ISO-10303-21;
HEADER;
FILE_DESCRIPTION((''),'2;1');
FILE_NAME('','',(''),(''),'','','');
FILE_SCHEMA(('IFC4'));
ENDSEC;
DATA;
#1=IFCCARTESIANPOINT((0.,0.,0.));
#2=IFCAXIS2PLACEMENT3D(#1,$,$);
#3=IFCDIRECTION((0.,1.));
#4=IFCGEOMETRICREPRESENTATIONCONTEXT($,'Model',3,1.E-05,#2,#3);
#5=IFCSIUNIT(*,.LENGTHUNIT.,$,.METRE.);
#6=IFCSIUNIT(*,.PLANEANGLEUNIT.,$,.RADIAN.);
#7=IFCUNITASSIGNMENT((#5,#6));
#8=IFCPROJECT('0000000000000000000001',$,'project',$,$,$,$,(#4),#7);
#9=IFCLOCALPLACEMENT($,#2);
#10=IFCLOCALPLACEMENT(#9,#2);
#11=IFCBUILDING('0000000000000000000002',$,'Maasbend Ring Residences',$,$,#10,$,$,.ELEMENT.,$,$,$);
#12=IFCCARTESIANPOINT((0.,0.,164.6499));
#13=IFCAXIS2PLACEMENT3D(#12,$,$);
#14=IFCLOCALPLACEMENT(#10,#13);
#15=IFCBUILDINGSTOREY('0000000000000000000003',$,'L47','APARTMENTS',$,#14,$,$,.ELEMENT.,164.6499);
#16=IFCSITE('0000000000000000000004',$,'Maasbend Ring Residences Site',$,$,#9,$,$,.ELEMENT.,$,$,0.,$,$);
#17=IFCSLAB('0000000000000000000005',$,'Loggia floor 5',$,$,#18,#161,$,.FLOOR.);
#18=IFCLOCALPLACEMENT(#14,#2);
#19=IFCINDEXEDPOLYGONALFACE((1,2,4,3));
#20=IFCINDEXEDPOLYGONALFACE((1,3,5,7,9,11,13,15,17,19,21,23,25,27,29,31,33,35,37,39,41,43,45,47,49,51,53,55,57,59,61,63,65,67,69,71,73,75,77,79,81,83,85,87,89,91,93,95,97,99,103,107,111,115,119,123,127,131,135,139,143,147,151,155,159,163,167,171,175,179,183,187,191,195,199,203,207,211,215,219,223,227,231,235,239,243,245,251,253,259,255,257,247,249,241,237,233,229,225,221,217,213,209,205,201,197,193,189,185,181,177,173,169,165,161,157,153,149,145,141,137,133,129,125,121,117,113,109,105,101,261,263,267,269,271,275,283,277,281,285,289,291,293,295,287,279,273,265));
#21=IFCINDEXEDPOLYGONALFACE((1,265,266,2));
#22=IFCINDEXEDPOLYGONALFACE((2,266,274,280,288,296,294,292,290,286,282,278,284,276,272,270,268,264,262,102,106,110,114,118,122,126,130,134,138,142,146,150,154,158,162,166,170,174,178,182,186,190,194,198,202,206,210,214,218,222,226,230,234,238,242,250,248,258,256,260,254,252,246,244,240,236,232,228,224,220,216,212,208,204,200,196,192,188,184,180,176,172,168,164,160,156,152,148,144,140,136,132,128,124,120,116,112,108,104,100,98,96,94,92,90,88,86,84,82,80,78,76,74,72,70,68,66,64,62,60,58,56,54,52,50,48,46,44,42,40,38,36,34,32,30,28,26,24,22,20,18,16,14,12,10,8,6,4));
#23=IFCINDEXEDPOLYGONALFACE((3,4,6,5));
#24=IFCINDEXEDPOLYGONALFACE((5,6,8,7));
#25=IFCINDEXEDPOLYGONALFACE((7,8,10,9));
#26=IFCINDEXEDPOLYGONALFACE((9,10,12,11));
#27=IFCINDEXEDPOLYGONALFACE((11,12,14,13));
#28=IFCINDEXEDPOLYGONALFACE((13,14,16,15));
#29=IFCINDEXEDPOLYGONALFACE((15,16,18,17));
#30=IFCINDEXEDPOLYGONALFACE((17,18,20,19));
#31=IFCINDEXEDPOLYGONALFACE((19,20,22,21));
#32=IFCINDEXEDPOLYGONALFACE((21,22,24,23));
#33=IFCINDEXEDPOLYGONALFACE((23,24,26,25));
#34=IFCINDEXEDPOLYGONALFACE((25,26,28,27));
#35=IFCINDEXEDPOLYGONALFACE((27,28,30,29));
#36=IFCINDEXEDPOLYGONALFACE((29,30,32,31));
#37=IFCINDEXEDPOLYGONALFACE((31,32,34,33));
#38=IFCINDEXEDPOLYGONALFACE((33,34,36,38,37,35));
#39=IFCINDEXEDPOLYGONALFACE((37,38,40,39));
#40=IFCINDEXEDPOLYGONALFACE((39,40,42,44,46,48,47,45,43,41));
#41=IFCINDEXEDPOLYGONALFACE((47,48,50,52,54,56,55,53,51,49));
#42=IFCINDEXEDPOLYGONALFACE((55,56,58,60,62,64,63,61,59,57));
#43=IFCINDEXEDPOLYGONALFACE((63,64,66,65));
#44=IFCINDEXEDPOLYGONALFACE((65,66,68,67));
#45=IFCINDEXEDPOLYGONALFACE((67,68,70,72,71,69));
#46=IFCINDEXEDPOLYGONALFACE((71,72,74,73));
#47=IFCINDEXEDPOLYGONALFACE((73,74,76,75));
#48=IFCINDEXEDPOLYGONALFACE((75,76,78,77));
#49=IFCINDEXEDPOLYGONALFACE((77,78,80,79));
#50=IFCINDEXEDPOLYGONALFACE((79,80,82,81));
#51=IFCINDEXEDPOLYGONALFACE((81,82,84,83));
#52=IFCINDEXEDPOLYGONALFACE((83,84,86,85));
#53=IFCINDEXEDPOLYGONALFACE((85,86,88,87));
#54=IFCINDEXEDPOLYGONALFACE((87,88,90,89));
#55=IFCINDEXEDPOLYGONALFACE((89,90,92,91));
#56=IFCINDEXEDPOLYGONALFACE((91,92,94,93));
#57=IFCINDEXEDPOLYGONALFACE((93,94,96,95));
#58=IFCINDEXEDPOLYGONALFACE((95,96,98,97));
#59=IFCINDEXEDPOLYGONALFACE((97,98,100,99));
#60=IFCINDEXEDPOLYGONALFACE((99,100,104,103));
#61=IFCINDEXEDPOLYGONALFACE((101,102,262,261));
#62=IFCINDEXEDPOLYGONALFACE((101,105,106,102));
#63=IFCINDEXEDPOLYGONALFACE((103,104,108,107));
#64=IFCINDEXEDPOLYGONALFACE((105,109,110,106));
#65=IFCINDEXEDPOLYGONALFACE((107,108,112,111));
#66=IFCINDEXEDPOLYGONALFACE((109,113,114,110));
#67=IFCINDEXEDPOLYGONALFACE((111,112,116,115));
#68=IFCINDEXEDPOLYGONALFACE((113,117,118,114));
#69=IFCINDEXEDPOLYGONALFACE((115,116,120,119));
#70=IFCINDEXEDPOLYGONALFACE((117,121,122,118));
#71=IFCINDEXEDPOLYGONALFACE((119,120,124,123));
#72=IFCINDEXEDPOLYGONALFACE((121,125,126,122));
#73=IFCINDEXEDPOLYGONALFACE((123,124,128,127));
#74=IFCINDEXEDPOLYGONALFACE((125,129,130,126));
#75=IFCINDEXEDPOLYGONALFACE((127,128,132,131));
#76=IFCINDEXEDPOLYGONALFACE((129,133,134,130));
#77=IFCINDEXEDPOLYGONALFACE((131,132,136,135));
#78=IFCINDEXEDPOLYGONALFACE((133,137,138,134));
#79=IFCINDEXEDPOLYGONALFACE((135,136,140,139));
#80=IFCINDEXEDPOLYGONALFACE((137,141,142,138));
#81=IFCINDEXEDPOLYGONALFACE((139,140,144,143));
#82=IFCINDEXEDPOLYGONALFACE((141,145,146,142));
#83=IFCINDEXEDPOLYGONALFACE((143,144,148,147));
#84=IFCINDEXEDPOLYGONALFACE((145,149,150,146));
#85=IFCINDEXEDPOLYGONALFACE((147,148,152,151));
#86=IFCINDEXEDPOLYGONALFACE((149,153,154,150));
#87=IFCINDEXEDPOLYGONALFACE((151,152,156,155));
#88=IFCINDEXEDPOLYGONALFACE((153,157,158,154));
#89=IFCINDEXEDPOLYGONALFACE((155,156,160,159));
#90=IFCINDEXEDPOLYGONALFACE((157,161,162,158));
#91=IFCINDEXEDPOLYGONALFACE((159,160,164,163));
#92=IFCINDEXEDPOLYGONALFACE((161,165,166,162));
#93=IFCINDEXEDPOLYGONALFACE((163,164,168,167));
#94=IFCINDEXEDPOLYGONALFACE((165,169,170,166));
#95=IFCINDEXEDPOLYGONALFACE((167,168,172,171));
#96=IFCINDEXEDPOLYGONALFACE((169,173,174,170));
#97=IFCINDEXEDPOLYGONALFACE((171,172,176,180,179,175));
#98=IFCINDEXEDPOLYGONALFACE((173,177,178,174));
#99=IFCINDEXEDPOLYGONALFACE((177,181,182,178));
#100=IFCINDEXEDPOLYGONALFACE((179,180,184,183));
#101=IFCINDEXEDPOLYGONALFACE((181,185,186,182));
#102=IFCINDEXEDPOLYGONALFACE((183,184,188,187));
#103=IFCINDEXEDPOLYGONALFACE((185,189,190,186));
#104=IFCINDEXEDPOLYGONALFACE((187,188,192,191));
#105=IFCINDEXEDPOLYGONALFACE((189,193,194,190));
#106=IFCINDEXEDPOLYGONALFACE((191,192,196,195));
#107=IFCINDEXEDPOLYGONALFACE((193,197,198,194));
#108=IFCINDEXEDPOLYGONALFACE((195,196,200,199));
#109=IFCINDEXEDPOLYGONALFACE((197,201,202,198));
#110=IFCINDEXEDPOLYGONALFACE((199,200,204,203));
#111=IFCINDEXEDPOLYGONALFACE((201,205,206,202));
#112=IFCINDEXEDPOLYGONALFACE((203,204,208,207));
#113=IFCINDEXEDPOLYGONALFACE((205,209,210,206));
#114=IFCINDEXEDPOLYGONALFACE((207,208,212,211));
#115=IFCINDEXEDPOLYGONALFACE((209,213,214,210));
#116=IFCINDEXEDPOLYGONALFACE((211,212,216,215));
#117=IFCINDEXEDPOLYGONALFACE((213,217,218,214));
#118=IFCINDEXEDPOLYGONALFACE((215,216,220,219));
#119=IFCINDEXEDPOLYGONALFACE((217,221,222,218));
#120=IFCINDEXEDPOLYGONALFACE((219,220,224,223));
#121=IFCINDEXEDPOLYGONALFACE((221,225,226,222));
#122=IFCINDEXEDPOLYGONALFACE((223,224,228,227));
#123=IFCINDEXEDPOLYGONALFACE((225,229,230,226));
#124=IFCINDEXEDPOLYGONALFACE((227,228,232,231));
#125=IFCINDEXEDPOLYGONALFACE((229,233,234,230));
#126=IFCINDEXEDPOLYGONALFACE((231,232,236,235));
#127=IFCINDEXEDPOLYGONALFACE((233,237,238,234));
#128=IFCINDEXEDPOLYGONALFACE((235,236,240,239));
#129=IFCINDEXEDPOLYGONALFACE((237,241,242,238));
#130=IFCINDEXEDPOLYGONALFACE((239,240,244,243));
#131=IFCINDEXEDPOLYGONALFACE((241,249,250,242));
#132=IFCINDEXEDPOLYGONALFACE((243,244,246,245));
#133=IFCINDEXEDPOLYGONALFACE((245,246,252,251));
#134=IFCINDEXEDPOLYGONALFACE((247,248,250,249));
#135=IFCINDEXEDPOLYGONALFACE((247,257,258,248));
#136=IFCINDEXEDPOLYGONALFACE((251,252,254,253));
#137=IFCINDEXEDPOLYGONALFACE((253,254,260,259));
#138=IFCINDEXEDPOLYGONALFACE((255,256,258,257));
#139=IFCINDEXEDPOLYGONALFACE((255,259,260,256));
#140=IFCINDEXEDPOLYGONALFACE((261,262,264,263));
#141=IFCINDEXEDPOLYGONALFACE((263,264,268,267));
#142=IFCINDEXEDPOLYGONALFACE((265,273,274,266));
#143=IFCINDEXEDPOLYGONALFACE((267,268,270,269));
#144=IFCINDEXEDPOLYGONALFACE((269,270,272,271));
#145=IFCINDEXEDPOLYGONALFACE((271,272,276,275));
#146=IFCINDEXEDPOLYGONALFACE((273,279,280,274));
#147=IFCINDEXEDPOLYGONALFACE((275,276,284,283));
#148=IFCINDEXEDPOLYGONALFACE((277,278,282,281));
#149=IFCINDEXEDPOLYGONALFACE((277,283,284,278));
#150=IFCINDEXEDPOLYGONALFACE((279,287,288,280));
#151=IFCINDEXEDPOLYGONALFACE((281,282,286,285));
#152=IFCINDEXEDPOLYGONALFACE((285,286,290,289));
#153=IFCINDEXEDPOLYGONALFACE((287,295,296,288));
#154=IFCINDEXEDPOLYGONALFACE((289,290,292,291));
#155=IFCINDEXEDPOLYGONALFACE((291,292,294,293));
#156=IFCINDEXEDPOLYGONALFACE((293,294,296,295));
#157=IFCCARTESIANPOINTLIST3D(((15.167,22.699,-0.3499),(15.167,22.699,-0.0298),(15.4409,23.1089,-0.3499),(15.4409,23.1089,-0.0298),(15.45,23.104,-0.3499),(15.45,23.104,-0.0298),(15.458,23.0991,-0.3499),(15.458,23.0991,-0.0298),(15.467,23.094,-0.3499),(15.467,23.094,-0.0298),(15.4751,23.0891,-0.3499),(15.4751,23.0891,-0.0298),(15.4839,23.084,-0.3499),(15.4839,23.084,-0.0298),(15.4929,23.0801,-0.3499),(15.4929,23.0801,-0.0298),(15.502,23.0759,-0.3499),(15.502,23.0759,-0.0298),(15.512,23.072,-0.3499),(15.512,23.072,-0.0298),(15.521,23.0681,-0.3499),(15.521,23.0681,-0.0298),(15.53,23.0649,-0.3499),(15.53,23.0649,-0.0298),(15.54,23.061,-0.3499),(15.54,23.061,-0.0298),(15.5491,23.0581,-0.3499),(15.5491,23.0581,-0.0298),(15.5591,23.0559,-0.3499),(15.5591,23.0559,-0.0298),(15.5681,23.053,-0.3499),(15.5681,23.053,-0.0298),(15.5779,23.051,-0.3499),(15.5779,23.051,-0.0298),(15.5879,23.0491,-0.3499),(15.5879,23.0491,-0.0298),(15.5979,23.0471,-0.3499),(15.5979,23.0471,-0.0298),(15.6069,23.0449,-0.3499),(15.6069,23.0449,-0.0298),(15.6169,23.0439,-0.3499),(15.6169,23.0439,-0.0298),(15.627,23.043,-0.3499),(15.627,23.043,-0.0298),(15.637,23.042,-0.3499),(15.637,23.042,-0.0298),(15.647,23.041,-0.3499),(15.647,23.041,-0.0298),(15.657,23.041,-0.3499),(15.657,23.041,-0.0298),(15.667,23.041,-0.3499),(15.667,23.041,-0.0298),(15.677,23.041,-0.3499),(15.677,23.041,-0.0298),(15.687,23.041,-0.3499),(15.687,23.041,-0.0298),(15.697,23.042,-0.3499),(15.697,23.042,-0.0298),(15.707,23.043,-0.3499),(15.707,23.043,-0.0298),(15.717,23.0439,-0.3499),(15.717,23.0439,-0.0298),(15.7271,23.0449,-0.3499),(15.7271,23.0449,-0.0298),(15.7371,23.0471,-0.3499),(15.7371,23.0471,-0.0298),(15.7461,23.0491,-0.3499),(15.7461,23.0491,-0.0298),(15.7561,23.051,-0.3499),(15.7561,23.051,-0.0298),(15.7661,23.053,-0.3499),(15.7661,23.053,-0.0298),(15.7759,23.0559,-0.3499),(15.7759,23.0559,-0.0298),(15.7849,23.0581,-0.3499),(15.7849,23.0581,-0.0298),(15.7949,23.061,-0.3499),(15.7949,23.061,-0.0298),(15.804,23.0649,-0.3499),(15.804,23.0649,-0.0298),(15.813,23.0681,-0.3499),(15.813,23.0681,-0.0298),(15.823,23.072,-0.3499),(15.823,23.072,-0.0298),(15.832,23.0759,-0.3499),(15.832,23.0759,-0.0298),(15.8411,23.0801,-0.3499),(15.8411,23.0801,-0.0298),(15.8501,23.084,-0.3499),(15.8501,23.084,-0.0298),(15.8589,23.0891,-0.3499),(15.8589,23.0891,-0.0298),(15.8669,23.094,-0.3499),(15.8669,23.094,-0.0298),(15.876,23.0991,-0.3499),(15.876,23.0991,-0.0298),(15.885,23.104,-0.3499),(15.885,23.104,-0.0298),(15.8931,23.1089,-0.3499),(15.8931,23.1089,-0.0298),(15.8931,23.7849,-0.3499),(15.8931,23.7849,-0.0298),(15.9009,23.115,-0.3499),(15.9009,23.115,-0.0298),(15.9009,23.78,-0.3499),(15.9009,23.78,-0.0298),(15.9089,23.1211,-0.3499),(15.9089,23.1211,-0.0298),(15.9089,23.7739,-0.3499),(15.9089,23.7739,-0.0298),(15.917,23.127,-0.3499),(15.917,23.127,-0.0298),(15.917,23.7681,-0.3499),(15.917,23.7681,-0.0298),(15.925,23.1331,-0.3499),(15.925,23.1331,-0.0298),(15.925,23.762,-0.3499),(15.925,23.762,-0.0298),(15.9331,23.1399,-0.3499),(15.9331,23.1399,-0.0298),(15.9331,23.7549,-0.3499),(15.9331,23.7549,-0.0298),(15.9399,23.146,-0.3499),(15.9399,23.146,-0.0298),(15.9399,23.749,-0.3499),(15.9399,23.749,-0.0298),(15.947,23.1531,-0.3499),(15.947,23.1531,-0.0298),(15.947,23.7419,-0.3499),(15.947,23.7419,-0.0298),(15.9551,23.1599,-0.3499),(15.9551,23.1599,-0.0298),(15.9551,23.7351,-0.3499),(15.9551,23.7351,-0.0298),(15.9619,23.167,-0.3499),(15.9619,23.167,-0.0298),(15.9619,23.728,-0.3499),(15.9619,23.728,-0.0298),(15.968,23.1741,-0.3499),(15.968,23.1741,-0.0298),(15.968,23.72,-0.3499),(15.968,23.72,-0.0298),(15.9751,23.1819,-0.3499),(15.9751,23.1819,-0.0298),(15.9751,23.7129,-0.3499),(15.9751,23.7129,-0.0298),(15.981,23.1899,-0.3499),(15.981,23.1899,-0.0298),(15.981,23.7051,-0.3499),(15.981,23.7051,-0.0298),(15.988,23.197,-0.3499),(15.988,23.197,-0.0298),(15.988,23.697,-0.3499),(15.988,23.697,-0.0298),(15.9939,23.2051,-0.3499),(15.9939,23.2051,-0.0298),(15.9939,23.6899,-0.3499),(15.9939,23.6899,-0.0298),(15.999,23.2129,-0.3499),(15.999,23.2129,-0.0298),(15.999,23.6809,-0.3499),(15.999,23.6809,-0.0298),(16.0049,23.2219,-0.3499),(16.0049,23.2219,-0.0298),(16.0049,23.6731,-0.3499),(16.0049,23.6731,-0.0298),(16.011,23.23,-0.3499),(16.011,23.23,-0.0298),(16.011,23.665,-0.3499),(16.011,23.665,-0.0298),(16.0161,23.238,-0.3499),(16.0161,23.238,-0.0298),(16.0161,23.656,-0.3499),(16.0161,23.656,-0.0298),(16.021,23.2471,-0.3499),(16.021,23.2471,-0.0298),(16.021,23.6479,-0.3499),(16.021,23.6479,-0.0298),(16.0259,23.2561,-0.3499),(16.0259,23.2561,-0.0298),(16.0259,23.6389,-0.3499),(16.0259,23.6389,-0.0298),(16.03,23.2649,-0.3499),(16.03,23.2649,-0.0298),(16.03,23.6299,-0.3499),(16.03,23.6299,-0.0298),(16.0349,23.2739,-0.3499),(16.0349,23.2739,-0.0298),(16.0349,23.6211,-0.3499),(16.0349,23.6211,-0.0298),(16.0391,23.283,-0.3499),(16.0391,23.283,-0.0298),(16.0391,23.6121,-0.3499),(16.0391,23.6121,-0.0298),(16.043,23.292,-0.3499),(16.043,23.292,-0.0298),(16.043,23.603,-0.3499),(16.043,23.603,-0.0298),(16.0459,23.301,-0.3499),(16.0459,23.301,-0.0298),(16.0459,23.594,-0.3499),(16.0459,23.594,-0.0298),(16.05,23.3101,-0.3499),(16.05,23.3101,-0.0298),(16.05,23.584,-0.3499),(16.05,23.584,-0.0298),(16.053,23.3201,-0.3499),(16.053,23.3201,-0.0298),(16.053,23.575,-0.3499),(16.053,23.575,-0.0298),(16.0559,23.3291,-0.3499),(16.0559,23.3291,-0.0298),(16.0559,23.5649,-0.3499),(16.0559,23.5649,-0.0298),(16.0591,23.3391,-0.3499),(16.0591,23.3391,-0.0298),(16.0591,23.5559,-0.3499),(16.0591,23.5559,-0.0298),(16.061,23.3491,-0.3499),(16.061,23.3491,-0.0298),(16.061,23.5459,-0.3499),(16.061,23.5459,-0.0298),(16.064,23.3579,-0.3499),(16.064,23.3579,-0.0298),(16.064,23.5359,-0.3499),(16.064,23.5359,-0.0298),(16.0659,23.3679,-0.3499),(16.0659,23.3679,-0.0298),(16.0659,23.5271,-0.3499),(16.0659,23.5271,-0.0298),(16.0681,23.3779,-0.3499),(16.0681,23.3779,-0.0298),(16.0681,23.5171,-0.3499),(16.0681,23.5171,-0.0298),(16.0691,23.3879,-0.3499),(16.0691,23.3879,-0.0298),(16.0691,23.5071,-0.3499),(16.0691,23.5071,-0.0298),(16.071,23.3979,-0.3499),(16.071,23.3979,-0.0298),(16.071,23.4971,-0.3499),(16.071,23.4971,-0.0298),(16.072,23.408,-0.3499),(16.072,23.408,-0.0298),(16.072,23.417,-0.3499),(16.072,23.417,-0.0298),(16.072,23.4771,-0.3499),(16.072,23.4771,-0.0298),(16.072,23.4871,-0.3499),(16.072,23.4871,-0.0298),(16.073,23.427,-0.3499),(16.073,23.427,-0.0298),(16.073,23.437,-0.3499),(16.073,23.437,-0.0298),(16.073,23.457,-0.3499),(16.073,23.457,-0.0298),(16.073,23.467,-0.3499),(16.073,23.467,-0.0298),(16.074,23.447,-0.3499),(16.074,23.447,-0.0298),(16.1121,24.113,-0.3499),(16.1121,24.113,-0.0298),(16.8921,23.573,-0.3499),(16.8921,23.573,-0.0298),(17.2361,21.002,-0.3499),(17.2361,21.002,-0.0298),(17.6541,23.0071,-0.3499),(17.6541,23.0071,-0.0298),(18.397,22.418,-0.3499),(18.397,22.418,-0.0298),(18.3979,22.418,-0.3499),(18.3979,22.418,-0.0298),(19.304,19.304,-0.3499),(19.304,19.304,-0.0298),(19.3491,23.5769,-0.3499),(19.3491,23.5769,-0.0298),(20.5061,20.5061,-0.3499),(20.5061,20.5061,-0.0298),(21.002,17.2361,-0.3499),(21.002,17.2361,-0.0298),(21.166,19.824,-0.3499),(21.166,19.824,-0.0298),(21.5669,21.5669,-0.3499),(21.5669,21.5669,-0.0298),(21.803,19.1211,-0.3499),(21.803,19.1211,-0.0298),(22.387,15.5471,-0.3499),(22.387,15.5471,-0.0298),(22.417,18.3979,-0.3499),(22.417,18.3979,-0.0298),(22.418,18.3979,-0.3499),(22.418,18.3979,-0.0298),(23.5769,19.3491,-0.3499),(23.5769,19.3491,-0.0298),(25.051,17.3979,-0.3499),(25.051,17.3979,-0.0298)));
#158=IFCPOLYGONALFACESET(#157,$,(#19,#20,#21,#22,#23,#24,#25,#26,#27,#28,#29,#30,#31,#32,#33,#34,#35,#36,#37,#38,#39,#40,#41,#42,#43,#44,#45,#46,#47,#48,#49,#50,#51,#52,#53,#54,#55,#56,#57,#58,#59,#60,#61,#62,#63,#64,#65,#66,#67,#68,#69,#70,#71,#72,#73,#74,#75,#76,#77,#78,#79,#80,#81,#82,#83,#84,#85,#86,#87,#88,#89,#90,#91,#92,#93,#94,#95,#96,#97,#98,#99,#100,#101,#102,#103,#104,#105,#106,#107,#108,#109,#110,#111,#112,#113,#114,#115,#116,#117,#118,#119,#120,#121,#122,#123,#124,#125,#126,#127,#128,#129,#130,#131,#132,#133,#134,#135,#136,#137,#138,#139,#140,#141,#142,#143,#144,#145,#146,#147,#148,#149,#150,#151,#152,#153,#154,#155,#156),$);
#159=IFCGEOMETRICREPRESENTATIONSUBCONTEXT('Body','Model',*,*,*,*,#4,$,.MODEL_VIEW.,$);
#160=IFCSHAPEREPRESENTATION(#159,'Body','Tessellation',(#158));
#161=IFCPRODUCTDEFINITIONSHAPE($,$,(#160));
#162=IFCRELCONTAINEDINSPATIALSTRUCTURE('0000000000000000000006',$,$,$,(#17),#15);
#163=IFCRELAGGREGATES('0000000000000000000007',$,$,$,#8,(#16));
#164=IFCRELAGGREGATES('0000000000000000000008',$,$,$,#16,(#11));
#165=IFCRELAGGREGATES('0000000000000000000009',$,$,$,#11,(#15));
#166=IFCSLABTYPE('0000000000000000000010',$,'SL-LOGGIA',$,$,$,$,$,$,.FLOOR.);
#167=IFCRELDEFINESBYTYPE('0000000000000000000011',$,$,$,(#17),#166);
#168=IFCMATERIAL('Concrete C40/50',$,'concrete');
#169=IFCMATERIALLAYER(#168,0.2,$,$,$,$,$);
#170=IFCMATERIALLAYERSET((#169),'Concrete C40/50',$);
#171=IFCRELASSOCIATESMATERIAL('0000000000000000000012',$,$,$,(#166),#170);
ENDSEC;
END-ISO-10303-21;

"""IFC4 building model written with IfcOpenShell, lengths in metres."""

from ifc_helpers import new_model, si_unit, direction, frame, origin, place, context, subcontext, project, spatial, polyline, outline, extrude, material, layer, layer_set, type_object, element, save


model = new_model("IFC4")

# Units and contexts
model_context = context("Model", 3, precision=1e-05, world=origin(), true_north=direction((0.0, 1.0)))
body_context = subcontext(model_context, "Body", "Model", "MODEL_VIEW")
ifc_project = project(units=[si_unit("LENGTHUNIT", "METRE"), si_unit("PLANEANGLEUNIT", "RADIAN")], contexts=[model_context])

# Site, building, storey
site_placement = place(None, origin())
site = spatial("IfcSite", under=ifc_project, at=site_placement, Name="Maasbend Ring Residences Site", CompositionType="ELEMENT", RefElevation=0.0)
building_placement = place(site_placement, origin())
building = spatial("IfcBuilding", under=site, at=building_placement, Name="Maasbend Ring Residences", CompositionType="ELEMENT")
storey_placement = place(building_placement, frame((0.0, 0.0, 164.6499)))
storey = spatial("IfcBuildingStorey", under=building, at=storey_placement, Name="L47", Description="APARTMENTS", CompositionType="ELEMENT", Elevation=164.6499)

# Slab
ifc_material_1 = material(Name="Concrete C40/50", Category="concrete")
ifc_layer_1 = layer(ifc_material_1, 0.2)
ifc_layer_set_1 = layer_set([ifc_layer_1], Name="Concrete C40/50")
slab_type = type_object("IfcSlabType", Name="SL-LOGGIA", PredefinedType="FLOOR", material=ifc_layer_set_1)
slab_1_placement = place(storey_placement, frame((0.0, 0.0, -0.3499)))
element("IfcSlab", 1, at=slab_1_placement, inside=storey, type_object=slab_type, Name="Loggia floor 5", PredefinedType="FLOOR", context=body_context, shape_type="SweptSolid", body=[
    extrude(outline(polyline([(15.458, 23.0991), (15.467, 23.094), (15.4751, 23.0891), (15.4839, 23.084), (15.4929, 23.0801), (15.502, 23.0759), (15.512, 23.072), (15.521, 23.0681), (15.53, 23.0649), (15.54, 23.061), (15.5491, 23.0581), (15.5591, 23.0559), (15.5681, 23.053), (15.5779, 23.051), (15.5879, 23.0491), (15.5979, 23.0471), (15.6069, 23.0449), (15.6169, 23.0439), (15.627, 23.043), (15.637, 23.042), (15.647, 23.041), (15.657, 23.041), (15.667, 23.041), (15.677, 23.041), (15.687, 23.041), (15.697, 23.042), (15.707, 23.043), (15.717, 23.0439), (15.7271, 23.0449), (15.7371, 23.0471), (15.7461, 23.0491), (15.7561, 23.051), (15.7661, 23.053), (15.7759, 23.0559), (15.7849, 23.0581), (15.7949, 23.061), (15.804, 23.0649), (15.813, 23.0681), (15.823, 23.072), (15.832, 23.0759), (15.8411, 23.0801), (15.8501, 23.084), (15.8589, 23.0891), (15.8669, 23.094), (15.876, 23.0991), (15.885, 23.104), (15.8931, 23.1089), (15.9009, 23.115), (15.9089, 23.1211), (15.917, 23.127), (15.925, 23.1331), (15.9331, 23.1399), (15.9399, 23.146), (15.947, 23.1531), (15.9551, 23.1599), (15.9619, 23.167), (15.968, 23.1741), (15.9751, 23.1819), (15.981, 23.1899), (15.988, 23.197), (15.9939, 23.2051), (15.999, 23.2129), (16.0049, 23.2219), (16.011, 23.23), (16.0161, 23.238), (16.021, 23.2471), (16.0259, 23.2561), (16.03, 23.2649), (16.0349, 23.2739), (16.0391, 23.283), (16.043, 23.292), (16.0459, 23.301), (16.05, 23.3101), (16.053, 23.3201), (16.0559, 23.3291), (16.0591, 23.3391), (16.061, 23.3491), (16.064, 23.3579), (16.0659, 23.3679), (16.0681, 23.3779), (16.0691, 23.3879), (16.071, 23.3979), (16.072, 23.408), (16.072, 23.417), (16.073, 23.427), (16.073, 23.437), (16.074, 23.447), (16.073, 23.457), (16.073, 23.467), (16.072, 23.4771), (16.072, 23.4871), (16.071, 23.4971), (16.0691, 23.5071), (16.0681, 23.5171), (16.0659, 23.5271), (16.064, 23.5359), (16.061, 23.5459), (16.0591, 23.5559), (16.0559, 23.5649), (16.053, 23.575), (16.05, 23.584), (16.0459, 23.594), (16.043, 23.603), (16.0391, 23.6121), (16.0349, 23.6211), (16.03, 23.6299), (16.0259, 23.6389), (16.021, 23.6479), (16.0161, 23.656), (16.011, 23.665), (16.0049, 23.6731), (15.999, 23.6809), (15.9939, 23.6899), (15.988, 23.697), (15.981, 23.7051), (15.9751, 23.7129), (15.968, 23.72), (15.9619, 23.728), (15.9551, 23.7351), (15.947, 23.7419), (15.9399, 23.749), (15.9331, 23.7549), (15.925, 23.762), (15.917, 23.7681), (15.9089, 23.7739), (15.9009, 23.78), (15.8931, 23.7849), (15.8931, 23.7849), (16.1121, 24.113), (16.1121, 24.113), (16.1121, 24.113), (16.8921, 23.573), (16.8921, 23.573), (17.6541, 23.0071), (17.6541, 23.0071), (18.397, 22.418), (18.397, 22.418), (18.397, 22.418), (18.397, 22.418), (18.397, 22.418), (18.397, 22.418), (18.397, 22.418), (18.397, 22.418), (18.397, 22.418), (18.397, 22.418), (18.397, 22.418), (18.3979, 22.418), (18.3979, 22.418), (18.3979, 22.418), (18.3979, 22.418), (18.3979, 22.418), (18.3979, 22.418), (19.3491, 23.5769), (19.3491, 23.5769), (19.3491, 23.5769), (21.5669, 21.5669), (21.5669, 21.5669), (21.5669, 21.5669), (20.5061, 20.5061), (20.5061, 20.5061), (20.5061, 20.5061), (20.5061, 20.5061), (20.5061, 20.5061), (20.5061, 20.5061), (20.5061, 20.5061), (20.5061, 20.5061), (20.5061, 20.5061), (20.5061, 20.5061), (20.5061, 20.5061), (20.5061, 20.5061), (20.5061, 20.5061), (20.5061, 20.5061), (20.5061, 20.5061), (20.5061, 20.5061), (20.5061, 20.5061), (21.166, 19.824), (21.166, 19.824), (21.803, 19.1211), (21.803, 19.1211), (22.417, 18.3979), (22.417, 18.3979), (22.417, 18.3979), (22.417, 18.3979), (22.417, 18.3979), (22.417, 18.3979), (22.417, 18.3979), (22.417, 18.3979), (22.417, 18.3979), (22.417, 18.3979), (22.417, 18.3979), (22.417, 18.3979), (22.418, 18.3979), (22.418, 18.3979), (22.418, 18.3979), (22.418, 18.3979), (22.418, 18.3979), (23.5769, 19.3491), (23.5769, 19.3491), (23.5769, 19.3491), (25.051, 17.3979), (25.051, 17.3979), (25.051, 17.3979), (22.387, 15.5471), (22.387, 15.5471), (22.387, 15.5471), (21.002, 17.2361), (19.304, 19.304), (19.304, 19.304), (19.304, 19.304), (17.2361, 21.002), (15.167, 22.699), (15.167, 22.699), (15.167, 22.699), (15.4409, 23.1089), (15.4409, 23.1089), (15.45, 23.104), (15.458, 23.0991)])), origin(), (0.0, 0.0, 1.0), 0.3201),
])

save(model, "model.ifc")
